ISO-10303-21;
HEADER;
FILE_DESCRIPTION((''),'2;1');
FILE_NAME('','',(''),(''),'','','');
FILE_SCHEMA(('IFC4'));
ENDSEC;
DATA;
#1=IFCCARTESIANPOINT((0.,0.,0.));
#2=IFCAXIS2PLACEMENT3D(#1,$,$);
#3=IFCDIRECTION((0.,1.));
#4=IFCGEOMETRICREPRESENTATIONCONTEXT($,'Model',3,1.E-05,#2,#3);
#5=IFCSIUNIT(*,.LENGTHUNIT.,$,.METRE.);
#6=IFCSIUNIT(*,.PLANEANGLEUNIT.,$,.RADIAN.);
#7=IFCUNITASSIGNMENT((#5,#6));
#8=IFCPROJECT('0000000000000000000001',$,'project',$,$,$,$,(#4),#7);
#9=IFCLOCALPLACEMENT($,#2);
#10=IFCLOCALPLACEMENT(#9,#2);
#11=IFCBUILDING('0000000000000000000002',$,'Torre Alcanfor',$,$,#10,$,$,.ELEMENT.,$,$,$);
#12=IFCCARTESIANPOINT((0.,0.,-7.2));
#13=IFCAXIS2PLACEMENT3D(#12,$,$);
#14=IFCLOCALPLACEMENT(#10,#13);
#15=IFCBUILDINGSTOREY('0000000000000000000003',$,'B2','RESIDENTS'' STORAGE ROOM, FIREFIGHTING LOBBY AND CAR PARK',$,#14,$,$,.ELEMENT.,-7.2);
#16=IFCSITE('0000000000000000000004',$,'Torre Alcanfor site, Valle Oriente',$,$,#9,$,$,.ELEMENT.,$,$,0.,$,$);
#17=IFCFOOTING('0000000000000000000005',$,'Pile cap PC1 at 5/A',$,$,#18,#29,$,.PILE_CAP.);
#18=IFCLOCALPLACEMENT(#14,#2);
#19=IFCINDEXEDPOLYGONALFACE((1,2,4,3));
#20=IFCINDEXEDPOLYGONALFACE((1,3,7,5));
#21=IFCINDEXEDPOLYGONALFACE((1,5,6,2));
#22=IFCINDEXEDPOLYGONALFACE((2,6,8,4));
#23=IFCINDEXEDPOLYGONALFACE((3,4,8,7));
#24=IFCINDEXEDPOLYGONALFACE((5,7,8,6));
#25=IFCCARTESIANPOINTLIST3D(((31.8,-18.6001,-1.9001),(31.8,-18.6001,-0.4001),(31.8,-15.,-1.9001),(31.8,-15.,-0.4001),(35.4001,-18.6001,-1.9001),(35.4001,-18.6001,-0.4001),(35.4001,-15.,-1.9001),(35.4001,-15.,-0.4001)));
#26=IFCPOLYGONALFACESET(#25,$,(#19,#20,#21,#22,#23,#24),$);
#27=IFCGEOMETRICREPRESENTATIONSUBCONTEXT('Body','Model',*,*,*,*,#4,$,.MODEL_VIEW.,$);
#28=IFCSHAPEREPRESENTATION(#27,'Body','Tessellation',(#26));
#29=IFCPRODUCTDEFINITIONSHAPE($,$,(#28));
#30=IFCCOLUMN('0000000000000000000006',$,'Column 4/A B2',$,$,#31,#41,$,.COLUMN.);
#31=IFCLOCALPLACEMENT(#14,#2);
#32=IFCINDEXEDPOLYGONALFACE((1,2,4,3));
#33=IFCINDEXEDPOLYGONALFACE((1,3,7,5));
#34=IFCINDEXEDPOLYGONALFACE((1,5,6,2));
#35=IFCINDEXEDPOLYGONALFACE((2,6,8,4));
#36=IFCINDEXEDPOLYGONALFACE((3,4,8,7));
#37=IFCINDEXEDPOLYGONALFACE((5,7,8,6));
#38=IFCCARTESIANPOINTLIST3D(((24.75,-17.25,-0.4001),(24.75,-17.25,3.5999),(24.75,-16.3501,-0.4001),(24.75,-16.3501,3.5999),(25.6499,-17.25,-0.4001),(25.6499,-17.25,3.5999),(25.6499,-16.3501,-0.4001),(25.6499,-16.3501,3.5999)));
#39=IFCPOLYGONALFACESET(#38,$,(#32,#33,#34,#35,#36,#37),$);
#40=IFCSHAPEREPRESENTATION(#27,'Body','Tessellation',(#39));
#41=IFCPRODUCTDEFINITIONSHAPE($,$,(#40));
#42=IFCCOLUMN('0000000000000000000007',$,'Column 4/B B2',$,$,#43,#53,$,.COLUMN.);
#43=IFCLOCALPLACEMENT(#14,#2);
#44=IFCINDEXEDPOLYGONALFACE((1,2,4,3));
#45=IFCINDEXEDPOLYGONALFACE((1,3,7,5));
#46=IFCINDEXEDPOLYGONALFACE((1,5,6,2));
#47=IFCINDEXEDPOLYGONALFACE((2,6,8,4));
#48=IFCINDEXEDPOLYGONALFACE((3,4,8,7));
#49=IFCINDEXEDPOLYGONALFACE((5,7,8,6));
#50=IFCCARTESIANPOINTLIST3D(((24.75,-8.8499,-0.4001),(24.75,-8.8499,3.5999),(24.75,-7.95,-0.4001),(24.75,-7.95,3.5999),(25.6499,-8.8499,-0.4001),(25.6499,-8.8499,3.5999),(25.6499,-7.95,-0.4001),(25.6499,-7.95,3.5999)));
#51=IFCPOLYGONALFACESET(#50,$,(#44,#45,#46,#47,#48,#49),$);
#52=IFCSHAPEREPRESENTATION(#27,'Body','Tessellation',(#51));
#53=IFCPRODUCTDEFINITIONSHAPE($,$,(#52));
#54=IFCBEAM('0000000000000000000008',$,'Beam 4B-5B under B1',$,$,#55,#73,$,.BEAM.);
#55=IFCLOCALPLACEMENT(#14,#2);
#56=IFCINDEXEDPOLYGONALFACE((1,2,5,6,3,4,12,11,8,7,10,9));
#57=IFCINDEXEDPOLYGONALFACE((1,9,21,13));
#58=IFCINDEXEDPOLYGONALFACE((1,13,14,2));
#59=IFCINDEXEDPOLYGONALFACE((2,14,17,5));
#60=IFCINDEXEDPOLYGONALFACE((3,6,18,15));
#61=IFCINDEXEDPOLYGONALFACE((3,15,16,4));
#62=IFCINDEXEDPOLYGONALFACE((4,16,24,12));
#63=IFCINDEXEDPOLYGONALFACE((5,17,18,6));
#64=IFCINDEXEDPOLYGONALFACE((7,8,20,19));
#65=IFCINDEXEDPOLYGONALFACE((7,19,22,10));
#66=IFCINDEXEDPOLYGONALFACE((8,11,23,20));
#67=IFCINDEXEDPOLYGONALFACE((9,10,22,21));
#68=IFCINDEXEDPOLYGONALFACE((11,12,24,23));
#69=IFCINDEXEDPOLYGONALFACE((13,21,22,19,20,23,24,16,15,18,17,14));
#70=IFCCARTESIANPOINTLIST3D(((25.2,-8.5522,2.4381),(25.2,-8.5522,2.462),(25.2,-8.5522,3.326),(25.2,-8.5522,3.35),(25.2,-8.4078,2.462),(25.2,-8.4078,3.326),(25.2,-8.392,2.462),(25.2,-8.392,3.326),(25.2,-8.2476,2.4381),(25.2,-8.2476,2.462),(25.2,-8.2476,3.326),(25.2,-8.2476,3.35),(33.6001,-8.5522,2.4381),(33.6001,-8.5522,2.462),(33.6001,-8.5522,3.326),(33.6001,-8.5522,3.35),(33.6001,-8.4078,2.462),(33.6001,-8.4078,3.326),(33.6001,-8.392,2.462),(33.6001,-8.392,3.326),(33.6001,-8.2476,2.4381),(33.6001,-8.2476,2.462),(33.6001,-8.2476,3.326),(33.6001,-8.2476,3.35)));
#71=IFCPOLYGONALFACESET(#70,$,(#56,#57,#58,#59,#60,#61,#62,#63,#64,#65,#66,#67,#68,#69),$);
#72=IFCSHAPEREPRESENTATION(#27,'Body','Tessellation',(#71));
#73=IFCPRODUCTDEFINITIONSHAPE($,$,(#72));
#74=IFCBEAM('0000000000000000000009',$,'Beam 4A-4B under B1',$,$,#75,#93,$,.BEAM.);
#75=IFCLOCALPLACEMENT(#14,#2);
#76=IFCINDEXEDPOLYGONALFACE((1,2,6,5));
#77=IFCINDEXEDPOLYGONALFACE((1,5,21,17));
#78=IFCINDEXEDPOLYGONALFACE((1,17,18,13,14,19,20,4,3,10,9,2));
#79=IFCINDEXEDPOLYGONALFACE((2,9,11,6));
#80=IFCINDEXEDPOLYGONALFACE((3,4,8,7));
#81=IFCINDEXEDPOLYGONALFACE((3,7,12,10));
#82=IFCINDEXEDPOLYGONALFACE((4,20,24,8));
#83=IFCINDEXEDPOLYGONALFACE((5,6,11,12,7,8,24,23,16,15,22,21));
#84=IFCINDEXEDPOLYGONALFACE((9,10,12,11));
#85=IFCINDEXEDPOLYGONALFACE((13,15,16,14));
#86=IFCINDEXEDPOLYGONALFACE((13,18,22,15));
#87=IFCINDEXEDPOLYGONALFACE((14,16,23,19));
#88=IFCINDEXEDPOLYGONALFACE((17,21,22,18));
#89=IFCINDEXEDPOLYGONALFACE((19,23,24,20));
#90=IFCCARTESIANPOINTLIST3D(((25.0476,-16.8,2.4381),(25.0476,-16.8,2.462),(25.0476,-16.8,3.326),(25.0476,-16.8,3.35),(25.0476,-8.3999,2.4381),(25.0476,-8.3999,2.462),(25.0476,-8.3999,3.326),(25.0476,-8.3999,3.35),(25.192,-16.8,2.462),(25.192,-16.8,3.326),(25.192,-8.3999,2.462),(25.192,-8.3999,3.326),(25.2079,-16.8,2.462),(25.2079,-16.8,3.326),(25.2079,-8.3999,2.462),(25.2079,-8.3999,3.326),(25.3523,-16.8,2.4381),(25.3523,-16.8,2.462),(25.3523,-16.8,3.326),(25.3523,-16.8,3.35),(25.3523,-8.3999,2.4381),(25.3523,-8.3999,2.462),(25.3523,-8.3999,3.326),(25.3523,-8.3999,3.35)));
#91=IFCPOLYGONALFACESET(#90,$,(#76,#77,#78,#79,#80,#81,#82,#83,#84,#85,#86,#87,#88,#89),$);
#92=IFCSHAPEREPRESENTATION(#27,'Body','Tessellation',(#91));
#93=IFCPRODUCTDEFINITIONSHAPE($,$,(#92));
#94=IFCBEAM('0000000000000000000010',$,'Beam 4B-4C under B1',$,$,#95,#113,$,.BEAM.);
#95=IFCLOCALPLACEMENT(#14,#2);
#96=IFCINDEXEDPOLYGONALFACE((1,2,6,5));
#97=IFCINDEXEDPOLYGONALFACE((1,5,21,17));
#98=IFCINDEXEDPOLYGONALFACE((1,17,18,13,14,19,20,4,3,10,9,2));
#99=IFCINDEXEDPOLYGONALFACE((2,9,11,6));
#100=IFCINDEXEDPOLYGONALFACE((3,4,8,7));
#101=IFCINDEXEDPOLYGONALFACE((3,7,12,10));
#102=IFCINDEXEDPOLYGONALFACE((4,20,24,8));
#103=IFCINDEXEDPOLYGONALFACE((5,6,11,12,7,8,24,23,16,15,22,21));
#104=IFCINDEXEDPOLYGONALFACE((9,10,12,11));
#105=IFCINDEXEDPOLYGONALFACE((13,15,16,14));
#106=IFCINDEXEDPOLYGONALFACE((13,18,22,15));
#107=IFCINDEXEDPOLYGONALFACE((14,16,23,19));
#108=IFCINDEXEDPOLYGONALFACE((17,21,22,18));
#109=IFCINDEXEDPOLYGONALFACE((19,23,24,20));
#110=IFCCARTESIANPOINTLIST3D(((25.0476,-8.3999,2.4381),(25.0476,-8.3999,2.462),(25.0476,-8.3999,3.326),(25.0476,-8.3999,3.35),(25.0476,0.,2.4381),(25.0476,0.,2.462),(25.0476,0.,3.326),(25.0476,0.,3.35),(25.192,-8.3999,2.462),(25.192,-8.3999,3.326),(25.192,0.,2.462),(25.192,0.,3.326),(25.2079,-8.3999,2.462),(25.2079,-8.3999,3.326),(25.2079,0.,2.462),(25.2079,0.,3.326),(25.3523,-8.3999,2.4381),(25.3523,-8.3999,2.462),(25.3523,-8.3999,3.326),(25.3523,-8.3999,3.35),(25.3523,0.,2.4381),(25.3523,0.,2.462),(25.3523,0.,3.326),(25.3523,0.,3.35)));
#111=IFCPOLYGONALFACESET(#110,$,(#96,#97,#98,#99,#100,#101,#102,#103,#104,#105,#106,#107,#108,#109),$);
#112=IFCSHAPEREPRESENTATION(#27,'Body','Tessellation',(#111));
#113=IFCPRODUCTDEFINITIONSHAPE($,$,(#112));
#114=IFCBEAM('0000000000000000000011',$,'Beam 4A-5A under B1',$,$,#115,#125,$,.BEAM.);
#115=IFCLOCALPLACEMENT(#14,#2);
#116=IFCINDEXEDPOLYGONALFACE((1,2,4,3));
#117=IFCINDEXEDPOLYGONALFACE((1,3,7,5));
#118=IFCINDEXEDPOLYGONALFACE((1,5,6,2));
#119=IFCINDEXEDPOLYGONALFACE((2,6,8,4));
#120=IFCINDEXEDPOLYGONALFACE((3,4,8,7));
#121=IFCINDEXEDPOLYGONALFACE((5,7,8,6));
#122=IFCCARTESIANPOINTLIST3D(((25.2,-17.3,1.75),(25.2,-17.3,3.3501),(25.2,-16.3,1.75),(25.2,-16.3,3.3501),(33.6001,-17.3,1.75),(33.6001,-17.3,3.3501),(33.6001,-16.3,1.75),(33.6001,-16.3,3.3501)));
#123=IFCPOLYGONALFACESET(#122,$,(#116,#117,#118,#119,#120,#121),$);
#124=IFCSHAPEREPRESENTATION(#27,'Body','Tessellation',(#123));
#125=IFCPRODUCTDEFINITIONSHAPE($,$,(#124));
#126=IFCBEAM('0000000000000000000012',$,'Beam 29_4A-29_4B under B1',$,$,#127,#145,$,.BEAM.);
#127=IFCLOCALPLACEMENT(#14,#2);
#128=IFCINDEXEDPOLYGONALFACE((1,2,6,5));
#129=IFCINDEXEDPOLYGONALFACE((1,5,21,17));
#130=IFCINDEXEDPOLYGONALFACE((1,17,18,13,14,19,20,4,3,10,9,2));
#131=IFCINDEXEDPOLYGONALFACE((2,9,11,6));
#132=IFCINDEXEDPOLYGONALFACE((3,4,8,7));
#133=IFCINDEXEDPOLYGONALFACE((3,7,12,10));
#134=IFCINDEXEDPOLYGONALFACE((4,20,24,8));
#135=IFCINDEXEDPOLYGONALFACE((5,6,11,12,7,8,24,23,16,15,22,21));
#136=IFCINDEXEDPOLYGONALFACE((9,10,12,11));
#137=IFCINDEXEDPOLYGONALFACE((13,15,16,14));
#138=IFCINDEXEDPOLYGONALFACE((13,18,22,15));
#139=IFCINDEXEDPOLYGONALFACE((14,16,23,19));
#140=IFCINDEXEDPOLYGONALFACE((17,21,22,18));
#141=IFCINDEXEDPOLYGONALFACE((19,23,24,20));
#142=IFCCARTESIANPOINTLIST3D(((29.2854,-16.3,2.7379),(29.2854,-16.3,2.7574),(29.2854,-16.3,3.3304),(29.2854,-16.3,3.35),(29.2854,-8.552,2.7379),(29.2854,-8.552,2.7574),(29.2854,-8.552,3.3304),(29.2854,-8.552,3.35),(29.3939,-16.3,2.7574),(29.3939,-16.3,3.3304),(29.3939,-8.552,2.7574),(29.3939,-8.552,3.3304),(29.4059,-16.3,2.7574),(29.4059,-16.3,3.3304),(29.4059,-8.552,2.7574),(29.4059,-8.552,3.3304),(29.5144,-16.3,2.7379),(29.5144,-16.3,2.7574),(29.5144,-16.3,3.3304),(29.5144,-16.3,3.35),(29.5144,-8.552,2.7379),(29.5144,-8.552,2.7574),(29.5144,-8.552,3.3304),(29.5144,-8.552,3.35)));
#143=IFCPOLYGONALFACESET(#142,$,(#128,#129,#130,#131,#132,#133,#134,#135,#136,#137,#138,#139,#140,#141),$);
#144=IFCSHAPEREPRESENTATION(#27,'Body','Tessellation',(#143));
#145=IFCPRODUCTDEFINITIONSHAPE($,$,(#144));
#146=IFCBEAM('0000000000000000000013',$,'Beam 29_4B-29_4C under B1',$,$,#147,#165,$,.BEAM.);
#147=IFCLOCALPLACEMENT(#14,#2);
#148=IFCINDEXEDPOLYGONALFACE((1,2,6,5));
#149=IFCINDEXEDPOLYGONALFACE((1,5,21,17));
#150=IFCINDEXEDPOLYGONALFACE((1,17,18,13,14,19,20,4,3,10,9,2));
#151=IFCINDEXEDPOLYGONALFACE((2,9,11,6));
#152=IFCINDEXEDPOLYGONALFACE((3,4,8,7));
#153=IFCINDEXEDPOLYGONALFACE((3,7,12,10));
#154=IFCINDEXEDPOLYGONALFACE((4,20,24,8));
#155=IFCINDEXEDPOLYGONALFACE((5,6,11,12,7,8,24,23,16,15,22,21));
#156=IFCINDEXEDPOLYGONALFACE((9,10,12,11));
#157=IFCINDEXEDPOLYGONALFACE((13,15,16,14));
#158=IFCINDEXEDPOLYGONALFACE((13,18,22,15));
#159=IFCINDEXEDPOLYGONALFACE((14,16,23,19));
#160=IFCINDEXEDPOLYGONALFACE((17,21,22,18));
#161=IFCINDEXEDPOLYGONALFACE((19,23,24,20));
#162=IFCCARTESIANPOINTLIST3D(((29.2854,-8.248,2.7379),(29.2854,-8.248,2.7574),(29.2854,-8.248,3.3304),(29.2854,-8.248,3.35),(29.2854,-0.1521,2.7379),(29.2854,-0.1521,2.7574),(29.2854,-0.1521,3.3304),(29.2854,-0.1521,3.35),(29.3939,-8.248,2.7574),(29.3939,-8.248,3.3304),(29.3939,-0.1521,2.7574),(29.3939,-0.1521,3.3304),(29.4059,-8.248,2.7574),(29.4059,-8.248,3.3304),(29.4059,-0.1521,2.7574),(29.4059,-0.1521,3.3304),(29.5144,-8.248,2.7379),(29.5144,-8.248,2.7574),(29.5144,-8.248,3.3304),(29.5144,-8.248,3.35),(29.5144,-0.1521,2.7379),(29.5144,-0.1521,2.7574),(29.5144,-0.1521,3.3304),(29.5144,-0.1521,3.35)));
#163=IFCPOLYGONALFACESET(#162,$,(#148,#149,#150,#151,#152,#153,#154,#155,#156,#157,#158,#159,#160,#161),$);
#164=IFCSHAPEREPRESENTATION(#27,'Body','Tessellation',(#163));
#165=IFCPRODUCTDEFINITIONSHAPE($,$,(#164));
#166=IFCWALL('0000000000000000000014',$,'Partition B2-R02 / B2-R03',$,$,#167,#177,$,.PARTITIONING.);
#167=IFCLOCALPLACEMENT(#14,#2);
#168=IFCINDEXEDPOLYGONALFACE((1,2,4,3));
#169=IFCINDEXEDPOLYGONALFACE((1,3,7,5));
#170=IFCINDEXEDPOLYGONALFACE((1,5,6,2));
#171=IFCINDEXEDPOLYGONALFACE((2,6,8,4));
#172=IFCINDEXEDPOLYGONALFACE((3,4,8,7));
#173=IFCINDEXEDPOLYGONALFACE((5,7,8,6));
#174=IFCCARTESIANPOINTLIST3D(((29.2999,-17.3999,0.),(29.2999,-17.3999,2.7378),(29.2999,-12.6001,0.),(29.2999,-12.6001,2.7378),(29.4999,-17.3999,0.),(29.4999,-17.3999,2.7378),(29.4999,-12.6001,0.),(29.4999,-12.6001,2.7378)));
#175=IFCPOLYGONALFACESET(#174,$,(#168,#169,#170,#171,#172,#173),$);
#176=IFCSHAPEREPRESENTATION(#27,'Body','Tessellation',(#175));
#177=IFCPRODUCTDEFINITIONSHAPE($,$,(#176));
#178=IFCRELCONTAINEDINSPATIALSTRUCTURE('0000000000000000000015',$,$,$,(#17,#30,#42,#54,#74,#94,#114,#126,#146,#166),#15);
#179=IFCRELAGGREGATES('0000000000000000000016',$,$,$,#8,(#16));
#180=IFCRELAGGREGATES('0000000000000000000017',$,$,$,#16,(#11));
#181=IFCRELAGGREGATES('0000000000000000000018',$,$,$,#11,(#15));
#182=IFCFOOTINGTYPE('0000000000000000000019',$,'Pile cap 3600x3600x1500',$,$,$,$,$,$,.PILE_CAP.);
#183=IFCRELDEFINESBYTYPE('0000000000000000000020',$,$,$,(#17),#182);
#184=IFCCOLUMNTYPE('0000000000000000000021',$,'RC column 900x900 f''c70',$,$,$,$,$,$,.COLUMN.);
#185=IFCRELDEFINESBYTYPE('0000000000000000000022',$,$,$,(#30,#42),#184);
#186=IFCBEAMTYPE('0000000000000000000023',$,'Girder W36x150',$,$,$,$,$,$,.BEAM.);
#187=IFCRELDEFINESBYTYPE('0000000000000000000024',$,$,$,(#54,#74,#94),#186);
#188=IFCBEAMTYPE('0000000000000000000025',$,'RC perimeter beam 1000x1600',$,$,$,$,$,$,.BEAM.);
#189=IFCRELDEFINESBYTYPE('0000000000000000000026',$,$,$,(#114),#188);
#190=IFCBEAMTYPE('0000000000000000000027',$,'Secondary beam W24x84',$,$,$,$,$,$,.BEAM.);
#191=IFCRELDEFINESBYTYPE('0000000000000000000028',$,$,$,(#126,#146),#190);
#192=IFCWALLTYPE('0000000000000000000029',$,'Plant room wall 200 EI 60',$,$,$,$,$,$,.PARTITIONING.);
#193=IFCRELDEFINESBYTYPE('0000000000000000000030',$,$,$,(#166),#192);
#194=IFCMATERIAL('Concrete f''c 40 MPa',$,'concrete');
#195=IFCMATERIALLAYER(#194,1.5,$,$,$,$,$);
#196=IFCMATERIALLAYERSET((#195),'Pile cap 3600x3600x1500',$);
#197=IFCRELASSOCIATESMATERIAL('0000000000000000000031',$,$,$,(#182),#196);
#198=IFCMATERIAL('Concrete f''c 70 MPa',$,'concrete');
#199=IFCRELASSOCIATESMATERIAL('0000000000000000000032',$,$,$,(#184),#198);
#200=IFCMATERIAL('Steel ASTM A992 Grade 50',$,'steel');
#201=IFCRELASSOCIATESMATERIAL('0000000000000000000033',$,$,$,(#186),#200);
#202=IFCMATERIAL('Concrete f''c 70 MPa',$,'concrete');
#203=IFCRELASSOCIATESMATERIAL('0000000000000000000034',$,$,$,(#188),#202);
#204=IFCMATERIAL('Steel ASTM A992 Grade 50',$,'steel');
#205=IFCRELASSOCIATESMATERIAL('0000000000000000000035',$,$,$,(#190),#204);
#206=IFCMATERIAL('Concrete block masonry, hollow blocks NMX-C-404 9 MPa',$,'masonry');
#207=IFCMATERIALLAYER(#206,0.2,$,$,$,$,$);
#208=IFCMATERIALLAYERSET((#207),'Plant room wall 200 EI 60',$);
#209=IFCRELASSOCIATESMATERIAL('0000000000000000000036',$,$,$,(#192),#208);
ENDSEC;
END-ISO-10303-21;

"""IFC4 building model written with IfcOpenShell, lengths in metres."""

from ifc_helpers import new_model, si_unit, direction, frame, frame_2d, origin, origin_2d, place, context, subcontext, project, spatial, rectangle, i_section, extrude, material, layer, layer_set, material_profile, profile_set, type_object, element, save


model = new_model("IFC4")

# Units and contexts
model_context = context("Model", 3, precision=1e-05, world=origin(), true_north=direction((0.0, 1.0)))
body_context = subcontext(model_context, "Body", "Model", "MODEL_VIEW")
ifc_project = project(units=[si_unit("LENGTHUNIT", "METRE"), si_unit("PLANEANGLEUNIT", "RADIAN")], contexts=[model_context])

# Site, building, storey
site_placement = place(None, origin())
site = spatial("IfcSite", under=ifc_project, at=site_placement, Name="Torre Alcanfor site, Valle Oriente", CompositionType="ELEMENT", RefElevation=0.0)
building_placement = place(site_placement, origin())
building = spatial("IfcBuilding", under=site, at=building_placement, Name="Torre Alcanfor", CompositionType="ELEMENT")
storey_placement = place(building_placement, frame((0.0, 0.0, -7.2)))
storey = spatial("IfcBuildingStorey", under=building, at=storey_placement, Name="B2", Description="RESIDENTS' STORAGE ROOM, FIREFIGHTING LOBBY AND CAR PARK", CompositionType="ELEMENT", Elevation=-7.2)

# Footing
ifc_material_1 = material(Name="Concrete f'c 40 MPa", Category="concrete")
ifc_layer_1 = layer(ifc_material_1, 1.5)
ifc_layer_set_1 = layer_set([ifc_layer_1], Name="Pile cap 3600x3600x1500")
footing_type = type_object("IfcFootingType", Name="Pile cap 3600x3600x1500", PredefinedType="PILE_CAP", material=ifc_layer_set_1)
for number, where, z_axis, x_axis, name in (
    (1, (33.6001, -16.8, -1.9001), (0.0, 0.0, 1.0), (1.0, 0.0, 0.0), "Pile cap PC1 at 5/A"),
):
    element("IfcFooting", number, at=place(storey_placement, frame(where, z_axis=z_axis, x_axis=x_axis)), inside=storey, type_object=footing_type, Name=name, PredefinedType="PILE_CAP", context=body_context, shape_type="SweptSolid", body=[
        extrude(rectangle(XDim=3.6001, YDim=3.6001, at=origin_2d()), origin(), (0.0, 0.0, 1.0), 1.5),
    ])

# Columns
ifc_material_2 = material(Name="Concrete f'c 70 MPa", Category="concrete")
ifc_material_profile_1 = material_profile(ifc_material_2, rectangle(XDim=0.8999, YDim=0.8999, at=origin_2d()), Name="900x900")
ifc_profile_set_1 = profile_set([ifc_material_profile_1], Name="Concrete f'c 70 MPa")
column_type = type_object("IfcColumnType", Name="RC column 900x900 f'c70", PredefinedType="COLUMN", material=ifc_profile_set_1)
for number, where, z_axis, x_axis, name in (
    (2, (25.2, -16.8, -0.4001), (0.0, 0.0, 1.0), (1.0, 0.0, 0.0), "Column 4/A B2"),
    (3, (25.2, -8.3999, -0.4001), (0.0, 0.0, 1.0), (1.0, 0.0, 0.0), "Column 4/B B2"),
):
    element("IfcColumn", number, at=place(storey_placement, frame(where, z_axis=z_axis, x_axis=x_axis)), inside=storey, type_object=column_type, Name=name, PredefinedType="COLUMN", context=body_context, shape_type="SweptSolid", body=[
        extrude(rectangle(XDim=0.8999, YDim=0.8999, at=origin_2d()), origin(), (0.0, 0.0, 1.0), 4.0),
    ])

# Beams
ifc_material_3 = material(Name="Steel ASTM A992 Grade 50", Category="steel")
ifc_material_profile_2 = material_profile(ifc_material_3, i_section(OverallWidth=0.3047, OverallDepth=0.9119, WebThickness=0.0159, FlangeThickness=0.0239, at=origin_2d()), Name="W36x150")
ifc_profile_set_2 = profile_set([ifc_material_profile_2], Name="Steel ASTM A992 Grade 50")
beam_type_1 = type_object("IfcBeamType", Name="Girder W36x150", PredefinedType="BEAM", material=ifc_profile_set_2)
for number, where, z_axis, x_axis, name in (
    (4, (25.2, -8.3999, 2.894), (1.0, 0.0, 0.0), (0.0, 1.0, 0.0), "Beam 4B-5B under B1"),
    (5, (25.2, -16.8, 2.894), (0.0, 1.0, 0.0), (-1.0, 0.0, 0.0), "Beam 4A-4B under B1"),
):
    element("IfcBeam", number, at=place(storey_placement, frame(where, z_axis=z_axis, x_axis=x_axis)), inside=storey, type_object=beam_type_1, Name=name, PredefinedType="BEAM", context=body_context, shape_type="SweptSolid", body=[
        extrude(i_section(OverallWidth=0.3047, OverallDepth=0.9119, WebThickness=0.0159, FlangeThickness=0.0239, at=origin_2d()), origin(), (0.0, 0.0, 1.0), 8.4001),
    ])
beam_1_placement = place(storey_placement, frame((25.2, -8.3999, 2.894), z_axis=(0.0, 1.0, 0.0), x_axis=(-1.0, 0.0, 0.0)))
element("IfcBeam", 6, at=beam_1_placement, inside=storey, type_object=beam_type_1, Name="Beam 4B-4C under B1", PredefinedType="BEAM", context=body_context, shape_type="SweptSolid", body=[
    extrude(i_section(OverallWidth=0.3047, OverallDepth=0.9119, WebThickness=0.0159, FlangeThickness=0.0239, at=origin_2d()), origin(), (0.0, 0.0, 1.0), 8.3999),
])
ifc_material_4 = material(Name="Concrete f'c 70 MPa", Category="concrete")
ifc_material_profile_3 = material_profile(ifc_material_4, rectangle(XDim=1.0, YDim=1.6001, at=origin_2d()), Name="1000x1600")
ifc_profile_set_3 = profile_set([ifc_material_profile_3], Name="Concrete f'c 70 MPa")
beam_type_2 = type_object("IfcBeamType", Name="RC perimeter beam 1000x1600", PredefinedType="BEAM", material=ifc_profile_set_3)
beam_2_placement = place(storey_placement, frame((25.2, -16.8, 2.55), z_axis=(1.0, 0.0, 0.0), x_axis=(0.0, 1.0, 0.0)))
element("IfcBeam", 7, at=beam_2_placement, inside=storey, type_object=beam_type_2, Name="Beam 4A-5A under B1", PredefinedType="BEAM", context=body_context, shape_type="SweptSolid", body=[
    extrude(rectangle(XDim=1.0, YDim=1.6001, at=origin_2d()), origin(), (0.0, 0.0, 1.0), 8.4001),
])
ifc_material_5 = material(Name="Steel ASTM A992 Grade 50", Category="steel")
ifc_material_profile_4 = material_profile(ifc_material_5, i_section(OverallWidth=0.229, OverallDepth=0.6121, WebThickness=0.012, FlangeThickness=0.0195, at=origin_2d()), Name="W24x84")
ifc_profile_set_4 = profile_set([ifc_material_profile_4], Name="Steel ASTM A992 Grade 50")
beam_type_3 = type_object("IfcBeamType", Name="Secondary beam W24x84", PredefinedType="BEAM", material=ifc_profile_set_4)
beam_3_placement = place(storey_placement, frame((29.3999, -16.3, 3.0439), z_axis=(0.0, 1.0, 0.0), x_axis=(-1.0, 0.0, 0.0)))
element("IfcBeam", 8, at=beam_3_placement, inside=storey, type_object=beam_type_3, Name="Beam 29_4A-29_4B under B1", PredefinedType="BEAM", context=body_context, shape_type="SweptSolid", body=[
    extrude(i_section(OverallWidth=0.229, OverallDepth=0.6121, WebThickness=0.012, FlangeThickness=0.0195, at=origin_2d()), origin(), (0.0, 0.0, 1.0), 7.748),
])
beam_4_placement = place(storey_placement, frame((29.3999, -8.248, 3.0439), z_axis=(0.0, 1.0, 0.0), x_axis=(-1.0, 0.0, 0.0)))
element("IfcBeam", 9, at=beam_4_placement, inside=storey, type_object=beam_type_3, Name="Beam 29_4B-29_4C under B1", PredefinedType="BEAM", context=body_context, shape_type="SweptSolid", body=[
    extrude(i_section(OverallWidth=0.229, OverallDepth=0.6121, WebThickness=0.012, FlangeThickness=0.0195, at=origin_2d()), origin(), (0.0, 0.0, 1.0), 8.0959),
])

# Shared definitions
ifc_material_6 = material(Name="Concrete block masonry, hollow blocks NMX-C-404 9 MPa", Category="masonry")
ifc_layer_2 = layer(ifc_material_6, 0.2)
ifc_layer_set_2 = layer_set([ifc_layer_2], Name="Plant room wall 200 EI 60")
wall_type = type_object("IfcWallType", Name="Plant room wall 200 EI 60", PredefinedType="PARTITIONING", material=ifc_layer_set_2)

# Wall
wall_1_placement = place(storey_placement, frame((29.3999, -12.6001, 0.0), z_axis=(0.0, 0.0, 1.0), x_axis=(0.0, -1.0, 0.0)))
element("IfcWall", 10, at=wall_1_placement, inside=storey, type_object=wall_type, Name="Partition B2-R02 / B2-R03", PredefinedType="PARTITIONING", context=body_context, shape_type="SweptSolid", body=[
    extrude(rectangle(XDim=4.7998, YDim=0.2, at=frame_2d((2.3999, 0.0))), origin(), (0.0, 0.0, 1.0), 2.7378),
])

save(model, "model.ifc")
